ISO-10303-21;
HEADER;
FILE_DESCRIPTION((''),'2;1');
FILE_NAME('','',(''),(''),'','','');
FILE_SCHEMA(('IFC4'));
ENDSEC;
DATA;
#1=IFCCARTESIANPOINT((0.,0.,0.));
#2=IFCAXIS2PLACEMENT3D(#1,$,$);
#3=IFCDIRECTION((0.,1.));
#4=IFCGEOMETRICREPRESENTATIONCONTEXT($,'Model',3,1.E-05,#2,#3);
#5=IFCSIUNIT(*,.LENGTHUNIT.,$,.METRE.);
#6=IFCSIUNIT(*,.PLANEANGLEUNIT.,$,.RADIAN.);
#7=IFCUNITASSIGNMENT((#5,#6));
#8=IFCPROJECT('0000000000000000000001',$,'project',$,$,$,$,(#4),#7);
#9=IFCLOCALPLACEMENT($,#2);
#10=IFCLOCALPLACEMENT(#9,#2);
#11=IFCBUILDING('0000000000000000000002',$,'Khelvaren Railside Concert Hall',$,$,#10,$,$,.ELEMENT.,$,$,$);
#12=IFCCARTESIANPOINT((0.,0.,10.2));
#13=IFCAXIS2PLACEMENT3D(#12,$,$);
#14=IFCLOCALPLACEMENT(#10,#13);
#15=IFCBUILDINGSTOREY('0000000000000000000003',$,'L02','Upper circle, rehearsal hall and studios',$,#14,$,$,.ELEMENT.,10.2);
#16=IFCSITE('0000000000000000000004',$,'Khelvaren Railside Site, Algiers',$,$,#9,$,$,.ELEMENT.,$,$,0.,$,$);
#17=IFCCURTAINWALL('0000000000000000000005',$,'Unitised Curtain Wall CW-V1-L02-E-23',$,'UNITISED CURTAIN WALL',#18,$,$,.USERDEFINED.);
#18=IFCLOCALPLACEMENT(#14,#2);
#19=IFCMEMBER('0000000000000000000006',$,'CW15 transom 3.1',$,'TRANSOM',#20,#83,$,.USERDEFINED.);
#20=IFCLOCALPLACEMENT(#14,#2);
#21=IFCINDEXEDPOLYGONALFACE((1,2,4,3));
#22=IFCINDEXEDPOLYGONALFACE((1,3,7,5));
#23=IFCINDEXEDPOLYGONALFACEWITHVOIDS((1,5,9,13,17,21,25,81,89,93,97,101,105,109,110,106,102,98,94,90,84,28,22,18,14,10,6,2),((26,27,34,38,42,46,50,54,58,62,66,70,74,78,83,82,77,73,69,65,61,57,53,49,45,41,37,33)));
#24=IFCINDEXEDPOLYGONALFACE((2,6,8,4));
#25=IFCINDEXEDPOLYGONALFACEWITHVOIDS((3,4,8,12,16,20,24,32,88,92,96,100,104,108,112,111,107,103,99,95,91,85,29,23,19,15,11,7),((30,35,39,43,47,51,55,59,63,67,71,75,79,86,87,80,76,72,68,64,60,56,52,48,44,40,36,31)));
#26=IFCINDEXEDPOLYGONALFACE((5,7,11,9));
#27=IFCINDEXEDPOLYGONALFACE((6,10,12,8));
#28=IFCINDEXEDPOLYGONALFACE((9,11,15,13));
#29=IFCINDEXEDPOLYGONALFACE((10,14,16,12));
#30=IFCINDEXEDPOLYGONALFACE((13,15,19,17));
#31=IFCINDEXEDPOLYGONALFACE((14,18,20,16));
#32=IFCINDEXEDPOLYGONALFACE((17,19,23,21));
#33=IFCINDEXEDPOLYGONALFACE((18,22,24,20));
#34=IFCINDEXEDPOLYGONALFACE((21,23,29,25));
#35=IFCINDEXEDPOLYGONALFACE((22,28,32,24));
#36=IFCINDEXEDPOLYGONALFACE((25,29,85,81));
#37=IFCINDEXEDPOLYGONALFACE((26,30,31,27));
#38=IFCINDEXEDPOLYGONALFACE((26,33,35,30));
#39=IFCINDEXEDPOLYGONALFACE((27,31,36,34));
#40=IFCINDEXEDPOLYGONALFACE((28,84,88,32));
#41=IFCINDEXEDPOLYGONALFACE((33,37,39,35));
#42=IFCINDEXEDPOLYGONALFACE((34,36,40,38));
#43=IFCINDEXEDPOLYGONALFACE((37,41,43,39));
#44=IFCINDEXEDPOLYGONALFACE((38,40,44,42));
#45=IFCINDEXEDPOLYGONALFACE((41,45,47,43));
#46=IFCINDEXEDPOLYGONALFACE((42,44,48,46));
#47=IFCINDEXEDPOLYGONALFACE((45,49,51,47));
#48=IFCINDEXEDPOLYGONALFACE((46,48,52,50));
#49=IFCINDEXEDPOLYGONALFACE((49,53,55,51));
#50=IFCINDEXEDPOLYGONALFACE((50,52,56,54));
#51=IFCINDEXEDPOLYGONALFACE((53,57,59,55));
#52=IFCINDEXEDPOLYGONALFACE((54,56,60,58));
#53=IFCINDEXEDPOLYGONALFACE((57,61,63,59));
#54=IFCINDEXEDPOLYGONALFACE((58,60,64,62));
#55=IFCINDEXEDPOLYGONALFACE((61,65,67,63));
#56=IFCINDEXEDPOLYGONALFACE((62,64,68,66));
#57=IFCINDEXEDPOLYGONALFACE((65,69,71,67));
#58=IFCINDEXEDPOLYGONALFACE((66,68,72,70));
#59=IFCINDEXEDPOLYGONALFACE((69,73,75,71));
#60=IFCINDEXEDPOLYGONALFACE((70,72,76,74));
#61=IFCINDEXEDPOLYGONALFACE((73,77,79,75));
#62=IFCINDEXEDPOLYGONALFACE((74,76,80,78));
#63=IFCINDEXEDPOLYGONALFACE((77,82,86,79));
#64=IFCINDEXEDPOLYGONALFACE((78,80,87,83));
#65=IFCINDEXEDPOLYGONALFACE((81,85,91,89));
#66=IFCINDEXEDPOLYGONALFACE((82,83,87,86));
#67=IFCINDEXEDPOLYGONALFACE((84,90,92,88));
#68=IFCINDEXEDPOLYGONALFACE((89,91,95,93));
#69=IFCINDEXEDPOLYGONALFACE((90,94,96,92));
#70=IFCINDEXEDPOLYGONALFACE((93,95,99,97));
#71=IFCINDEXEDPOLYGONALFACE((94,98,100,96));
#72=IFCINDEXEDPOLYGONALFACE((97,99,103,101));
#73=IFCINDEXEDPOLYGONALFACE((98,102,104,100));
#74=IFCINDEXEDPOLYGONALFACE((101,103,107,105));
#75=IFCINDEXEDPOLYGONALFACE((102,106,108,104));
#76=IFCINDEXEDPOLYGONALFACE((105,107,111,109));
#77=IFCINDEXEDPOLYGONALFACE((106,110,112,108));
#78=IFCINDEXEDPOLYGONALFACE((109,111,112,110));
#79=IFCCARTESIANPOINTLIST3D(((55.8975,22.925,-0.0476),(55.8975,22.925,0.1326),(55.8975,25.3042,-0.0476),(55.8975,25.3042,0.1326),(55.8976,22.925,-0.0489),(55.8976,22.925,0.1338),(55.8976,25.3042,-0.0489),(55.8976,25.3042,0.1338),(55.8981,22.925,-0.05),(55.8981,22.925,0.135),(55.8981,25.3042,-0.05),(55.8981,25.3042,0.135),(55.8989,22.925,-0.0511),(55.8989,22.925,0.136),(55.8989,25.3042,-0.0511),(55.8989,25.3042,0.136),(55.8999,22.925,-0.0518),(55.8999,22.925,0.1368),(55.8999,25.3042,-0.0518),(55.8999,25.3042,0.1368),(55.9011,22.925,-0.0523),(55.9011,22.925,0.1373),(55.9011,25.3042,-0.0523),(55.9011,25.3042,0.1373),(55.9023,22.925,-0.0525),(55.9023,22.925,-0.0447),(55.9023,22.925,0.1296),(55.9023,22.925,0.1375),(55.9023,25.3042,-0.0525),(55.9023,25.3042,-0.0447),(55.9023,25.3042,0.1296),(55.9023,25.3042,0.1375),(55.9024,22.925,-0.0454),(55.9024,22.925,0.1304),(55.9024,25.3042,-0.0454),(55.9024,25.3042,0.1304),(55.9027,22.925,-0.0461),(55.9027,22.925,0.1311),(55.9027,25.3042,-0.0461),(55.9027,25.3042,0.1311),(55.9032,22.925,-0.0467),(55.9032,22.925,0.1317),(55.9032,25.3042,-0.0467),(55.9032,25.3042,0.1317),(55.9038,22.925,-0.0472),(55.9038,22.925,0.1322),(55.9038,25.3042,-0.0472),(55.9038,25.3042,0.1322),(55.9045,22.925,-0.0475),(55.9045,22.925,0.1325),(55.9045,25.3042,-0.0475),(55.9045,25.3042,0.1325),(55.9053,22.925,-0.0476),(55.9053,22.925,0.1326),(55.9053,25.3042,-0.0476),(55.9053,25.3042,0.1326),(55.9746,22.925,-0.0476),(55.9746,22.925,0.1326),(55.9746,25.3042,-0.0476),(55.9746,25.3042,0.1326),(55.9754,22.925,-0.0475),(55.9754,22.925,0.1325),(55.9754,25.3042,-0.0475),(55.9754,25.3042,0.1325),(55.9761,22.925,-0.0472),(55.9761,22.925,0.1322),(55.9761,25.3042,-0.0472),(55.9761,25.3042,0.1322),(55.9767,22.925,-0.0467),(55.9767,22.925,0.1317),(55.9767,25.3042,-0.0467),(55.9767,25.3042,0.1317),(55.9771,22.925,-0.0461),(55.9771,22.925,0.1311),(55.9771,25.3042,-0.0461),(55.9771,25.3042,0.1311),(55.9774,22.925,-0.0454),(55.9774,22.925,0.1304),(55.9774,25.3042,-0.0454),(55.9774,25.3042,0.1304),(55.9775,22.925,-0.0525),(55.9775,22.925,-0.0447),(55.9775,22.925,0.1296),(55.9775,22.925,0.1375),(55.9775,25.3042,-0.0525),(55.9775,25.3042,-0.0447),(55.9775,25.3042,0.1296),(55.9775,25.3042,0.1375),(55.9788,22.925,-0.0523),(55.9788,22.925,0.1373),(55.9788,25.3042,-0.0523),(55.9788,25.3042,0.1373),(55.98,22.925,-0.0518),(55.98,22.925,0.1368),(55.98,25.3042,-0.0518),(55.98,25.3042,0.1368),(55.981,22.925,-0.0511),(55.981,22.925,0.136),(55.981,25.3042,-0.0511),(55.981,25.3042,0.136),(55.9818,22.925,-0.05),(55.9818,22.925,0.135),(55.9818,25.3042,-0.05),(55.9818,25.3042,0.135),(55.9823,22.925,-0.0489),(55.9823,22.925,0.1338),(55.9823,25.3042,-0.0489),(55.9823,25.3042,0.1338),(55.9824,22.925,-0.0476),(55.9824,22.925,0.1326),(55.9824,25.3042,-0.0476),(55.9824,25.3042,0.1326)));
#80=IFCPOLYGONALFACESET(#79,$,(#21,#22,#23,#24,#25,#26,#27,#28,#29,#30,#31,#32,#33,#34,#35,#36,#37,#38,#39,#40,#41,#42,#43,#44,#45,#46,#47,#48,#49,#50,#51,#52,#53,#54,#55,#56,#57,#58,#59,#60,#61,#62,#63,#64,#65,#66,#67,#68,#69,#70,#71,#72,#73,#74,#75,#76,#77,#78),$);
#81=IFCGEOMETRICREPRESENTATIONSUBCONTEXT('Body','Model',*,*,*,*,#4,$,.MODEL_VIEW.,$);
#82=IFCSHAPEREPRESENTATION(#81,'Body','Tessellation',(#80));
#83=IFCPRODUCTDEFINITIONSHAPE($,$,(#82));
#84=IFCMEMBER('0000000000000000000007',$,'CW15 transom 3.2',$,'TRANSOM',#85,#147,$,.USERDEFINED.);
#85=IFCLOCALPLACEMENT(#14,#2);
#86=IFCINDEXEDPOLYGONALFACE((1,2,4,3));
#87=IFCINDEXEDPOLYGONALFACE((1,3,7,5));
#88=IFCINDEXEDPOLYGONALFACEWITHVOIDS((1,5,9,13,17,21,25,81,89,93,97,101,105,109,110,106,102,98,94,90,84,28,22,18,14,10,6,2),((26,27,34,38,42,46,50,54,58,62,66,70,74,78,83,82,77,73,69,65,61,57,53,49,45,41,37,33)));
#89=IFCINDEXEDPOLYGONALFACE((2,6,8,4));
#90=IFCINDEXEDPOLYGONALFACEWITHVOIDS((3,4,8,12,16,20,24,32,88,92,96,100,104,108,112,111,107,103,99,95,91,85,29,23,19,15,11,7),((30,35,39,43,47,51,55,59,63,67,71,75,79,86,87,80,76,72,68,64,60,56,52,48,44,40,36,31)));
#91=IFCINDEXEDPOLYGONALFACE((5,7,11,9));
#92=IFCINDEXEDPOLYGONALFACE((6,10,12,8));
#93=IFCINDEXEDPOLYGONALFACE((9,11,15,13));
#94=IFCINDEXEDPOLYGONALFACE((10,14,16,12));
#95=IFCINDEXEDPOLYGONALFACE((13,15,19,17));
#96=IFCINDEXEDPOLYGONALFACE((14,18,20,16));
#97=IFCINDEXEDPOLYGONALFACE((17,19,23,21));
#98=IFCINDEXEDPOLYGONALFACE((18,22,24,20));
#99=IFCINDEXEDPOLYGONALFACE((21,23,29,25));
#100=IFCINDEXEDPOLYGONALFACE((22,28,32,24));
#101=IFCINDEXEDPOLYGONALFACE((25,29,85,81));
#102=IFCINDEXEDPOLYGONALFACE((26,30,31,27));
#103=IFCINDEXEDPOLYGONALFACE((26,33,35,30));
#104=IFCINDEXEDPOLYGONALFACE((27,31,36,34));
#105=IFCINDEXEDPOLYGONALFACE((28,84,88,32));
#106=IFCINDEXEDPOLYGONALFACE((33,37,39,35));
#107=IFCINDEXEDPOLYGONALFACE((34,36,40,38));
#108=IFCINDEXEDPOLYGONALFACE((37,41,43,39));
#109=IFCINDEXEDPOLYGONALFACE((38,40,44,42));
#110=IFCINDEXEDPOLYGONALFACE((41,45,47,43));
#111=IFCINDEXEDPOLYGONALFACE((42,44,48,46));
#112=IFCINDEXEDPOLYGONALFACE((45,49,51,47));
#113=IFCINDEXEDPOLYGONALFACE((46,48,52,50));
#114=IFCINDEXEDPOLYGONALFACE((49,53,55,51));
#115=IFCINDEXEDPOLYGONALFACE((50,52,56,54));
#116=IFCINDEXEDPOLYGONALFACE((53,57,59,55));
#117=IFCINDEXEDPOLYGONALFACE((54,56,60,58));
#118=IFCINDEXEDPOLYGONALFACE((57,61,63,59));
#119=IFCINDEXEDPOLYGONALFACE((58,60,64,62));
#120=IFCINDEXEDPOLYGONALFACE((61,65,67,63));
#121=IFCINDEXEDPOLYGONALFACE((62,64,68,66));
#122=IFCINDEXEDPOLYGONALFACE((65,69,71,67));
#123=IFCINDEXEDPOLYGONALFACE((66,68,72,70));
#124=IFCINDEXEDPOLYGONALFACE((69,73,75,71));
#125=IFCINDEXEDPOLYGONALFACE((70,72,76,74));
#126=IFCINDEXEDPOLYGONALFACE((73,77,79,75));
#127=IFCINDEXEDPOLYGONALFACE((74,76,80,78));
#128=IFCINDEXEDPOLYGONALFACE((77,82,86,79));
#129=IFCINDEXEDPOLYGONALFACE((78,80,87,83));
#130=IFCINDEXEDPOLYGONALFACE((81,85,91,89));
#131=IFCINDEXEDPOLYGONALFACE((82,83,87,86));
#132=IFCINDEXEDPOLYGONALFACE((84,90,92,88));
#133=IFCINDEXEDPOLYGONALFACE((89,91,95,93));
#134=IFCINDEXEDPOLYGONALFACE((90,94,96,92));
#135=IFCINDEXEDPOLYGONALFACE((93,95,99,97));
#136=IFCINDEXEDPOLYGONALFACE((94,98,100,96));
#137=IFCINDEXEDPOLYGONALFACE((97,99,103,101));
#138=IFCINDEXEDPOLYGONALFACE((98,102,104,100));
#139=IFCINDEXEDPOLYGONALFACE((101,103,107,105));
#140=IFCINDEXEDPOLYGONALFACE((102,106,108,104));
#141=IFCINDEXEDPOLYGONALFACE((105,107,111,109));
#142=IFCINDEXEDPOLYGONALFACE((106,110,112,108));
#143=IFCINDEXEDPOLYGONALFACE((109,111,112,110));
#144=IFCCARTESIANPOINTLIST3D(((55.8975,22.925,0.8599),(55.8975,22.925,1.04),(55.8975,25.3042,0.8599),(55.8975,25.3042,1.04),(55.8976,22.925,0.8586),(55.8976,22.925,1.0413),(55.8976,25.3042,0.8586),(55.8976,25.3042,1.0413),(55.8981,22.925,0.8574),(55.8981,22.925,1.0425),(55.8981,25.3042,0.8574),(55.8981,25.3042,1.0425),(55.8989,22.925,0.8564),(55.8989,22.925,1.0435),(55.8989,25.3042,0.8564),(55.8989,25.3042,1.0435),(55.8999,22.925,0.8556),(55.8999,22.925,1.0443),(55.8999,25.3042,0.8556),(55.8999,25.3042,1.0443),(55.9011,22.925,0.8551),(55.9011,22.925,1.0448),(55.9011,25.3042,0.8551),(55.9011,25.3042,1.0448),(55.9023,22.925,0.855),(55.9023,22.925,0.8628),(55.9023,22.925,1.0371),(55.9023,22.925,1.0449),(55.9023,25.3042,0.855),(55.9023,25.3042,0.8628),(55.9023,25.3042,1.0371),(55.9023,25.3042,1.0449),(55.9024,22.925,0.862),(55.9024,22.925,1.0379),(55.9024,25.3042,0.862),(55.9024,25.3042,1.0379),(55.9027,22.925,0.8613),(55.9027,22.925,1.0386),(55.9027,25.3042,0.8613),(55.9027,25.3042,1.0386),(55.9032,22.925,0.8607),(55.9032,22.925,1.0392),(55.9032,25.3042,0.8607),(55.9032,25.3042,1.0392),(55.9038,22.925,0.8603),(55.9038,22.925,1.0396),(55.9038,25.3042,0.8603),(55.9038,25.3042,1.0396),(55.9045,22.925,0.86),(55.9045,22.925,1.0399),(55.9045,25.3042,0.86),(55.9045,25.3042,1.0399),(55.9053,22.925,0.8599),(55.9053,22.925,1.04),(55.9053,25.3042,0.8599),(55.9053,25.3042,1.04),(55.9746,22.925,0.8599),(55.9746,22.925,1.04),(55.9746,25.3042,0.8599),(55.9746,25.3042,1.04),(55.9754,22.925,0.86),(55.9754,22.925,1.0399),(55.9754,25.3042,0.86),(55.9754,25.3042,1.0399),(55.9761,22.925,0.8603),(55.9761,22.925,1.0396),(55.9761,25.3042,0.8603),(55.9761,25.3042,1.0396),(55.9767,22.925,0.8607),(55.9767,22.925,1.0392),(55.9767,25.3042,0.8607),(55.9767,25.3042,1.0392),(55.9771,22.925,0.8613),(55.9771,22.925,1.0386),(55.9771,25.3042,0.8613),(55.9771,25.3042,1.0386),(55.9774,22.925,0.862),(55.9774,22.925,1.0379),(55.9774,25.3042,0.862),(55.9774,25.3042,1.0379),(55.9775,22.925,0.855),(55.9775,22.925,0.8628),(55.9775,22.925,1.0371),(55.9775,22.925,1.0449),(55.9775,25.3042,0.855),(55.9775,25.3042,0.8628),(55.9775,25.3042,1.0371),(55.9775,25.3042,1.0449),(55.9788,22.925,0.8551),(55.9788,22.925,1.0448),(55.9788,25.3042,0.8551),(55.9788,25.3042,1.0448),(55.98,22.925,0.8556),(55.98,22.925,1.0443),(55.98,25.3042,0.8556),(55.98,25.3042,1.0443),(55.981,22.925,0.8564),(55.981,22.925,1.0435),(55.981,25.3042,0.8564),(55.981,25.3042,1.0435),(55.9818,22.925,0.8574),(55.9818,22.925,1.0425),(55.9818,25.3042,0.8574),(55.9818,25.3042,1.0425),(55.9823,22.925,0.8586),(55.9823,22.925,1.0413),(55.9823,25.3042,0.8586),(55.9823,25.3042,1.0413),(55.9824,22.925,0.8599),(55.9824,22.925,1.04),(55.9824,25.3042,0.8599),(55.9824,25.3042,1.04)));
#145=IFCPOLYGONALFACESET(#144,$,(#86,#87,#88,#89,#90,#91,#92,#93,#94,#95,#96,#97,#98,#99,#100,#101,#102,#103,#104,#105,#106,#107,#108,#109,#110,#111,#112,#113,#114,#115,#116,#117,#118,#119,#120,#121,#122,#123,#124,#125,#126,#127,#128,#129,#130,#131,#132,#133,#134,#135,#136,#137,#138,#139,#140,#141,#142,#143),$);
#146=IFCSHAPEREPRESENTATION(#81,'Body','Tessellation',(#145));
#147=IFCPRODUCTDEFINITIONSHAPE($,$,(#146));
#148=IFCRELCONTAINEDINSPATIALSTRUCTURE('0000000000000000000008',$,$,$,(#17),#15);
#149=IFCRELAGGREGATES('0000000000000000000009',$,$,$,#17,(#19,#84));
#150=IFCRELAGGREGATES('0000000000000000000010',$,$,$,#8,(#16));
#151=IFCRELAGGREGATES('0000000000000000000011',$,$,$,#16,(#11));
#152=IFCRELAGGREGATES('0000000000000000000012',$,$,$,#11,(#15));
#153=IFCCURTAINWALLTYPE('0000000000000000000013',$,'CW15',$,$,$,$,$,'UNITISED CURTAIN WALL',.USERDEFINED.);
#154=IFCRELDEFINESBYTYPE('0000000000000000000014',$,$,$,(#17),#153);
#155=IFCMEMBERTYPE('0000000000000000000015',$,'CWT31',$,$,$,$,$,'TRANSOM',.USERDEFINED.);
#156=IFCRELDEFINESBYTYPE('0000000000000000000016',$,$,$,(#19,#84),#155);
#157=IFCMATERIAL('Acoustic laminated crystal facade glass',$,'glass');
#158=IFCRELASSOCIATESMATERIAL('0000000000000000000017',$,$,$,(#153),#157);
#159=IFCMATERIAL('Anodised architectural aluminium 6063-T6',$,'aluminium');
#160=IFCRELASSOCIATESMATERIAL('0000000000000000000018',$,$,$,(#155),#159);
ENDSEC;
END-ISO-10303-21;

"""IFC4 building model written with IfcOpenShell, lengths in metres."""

from ifc_helpers import new_model, si_unit, direction, frame, origin, origin_2d, place, context, subcontext, project, spatial, hollow_rectangle, extrude, material, material_profile, profile_set, type_object, element, aggregate, save


model = new_model("IFC4")

# Units and contexts
model_context = context("Model", 3, precision=1e-05, world=origin(), true_north=direction((0.0, 1.0)))
body_context = subcontext(model_context, "Body", "Model", "MODEL_VIEW")
ifc_project = project(units=[si_unit("LENGTHUNIT", "METRE"), si_unit("PLANEANGLEUNIT", "RADIAN")], contexts=[model_context])

# Site, building, storey
site_placement = place(None, origin())
site = spatial("IfcSite", under=ifc_project, at=site_placement, Name="Khelvaren Railside Site, Algiers", CompositionType="ELEMENT", RefElevation=0.0)
building_placement = place(site_placement, origin())
building = spatial("IfcBuilding", under=site, at=building_placement, Name="Khelvaren Railside Concert Hall", CompositionType="ELEMENT")
storey_placement = place(building_placement, frame((0.0, 0.0, 10.2)))
storey = spatial("IfcBuildingStorey", under=building, at=storey_placement, Name="L02", Description="Upper circle, rehearsal hall and studios", CompositionType="ELEMENT", Elevation=10.2)

# Shared definitions
ifc_material_1 = material(Name="Acoustic laminated crystal facade glass", Category="glass")
ifc_material_2 = material(Name="Anodised architectural aluminium 6063-T6", Category="aluminium")

# Curtain wall
curtain_wall_type_1 = type_object("IfcCurtainWallType", Name="CW15", ElementType="UNITISED CURTAIN WALL", PredefinedType="USERDEFINED", material=ifc_material_1)
curtain_wall_1_placement = place(storey_placement, origin())
curtain_wall_1 = element("IfcCurtainWall", 1, at=curtain_wall_1_placement, inside=storey, type_object=curtain_wall_type_1, Name="Unitised Curtain Wall CW-V1-L02-E-23", ObjectType="UNITISED CURTAIN WALL", PredefinedType="USERDEFINED")

# Members
ifc_material_profile_1 = material_profile(ifc_material_2, hollow_rectangle(XDim=0.085, YDim=0.1899, WallThickness=0.0049, InnerFilletRadius=0.0029, OuterFilletRadius=0.0049, at=origin_2d()), Name="CWT 85x190x5")
ifc_profile_set_1 = profile_set([ifc_material_profile_1], Name="Anodised architectural aluminium 6063-T6")
member_type_1 = type_object("IfcMemberType", Name="CWT31", ElementType="TRANSOM", PredefinedType="USERDEFINED", material=ifc_profile_set_1)
member_1_placement = place(storey_placement, frame((55.9399, 25.3042, 0.0425), z_axis=(0.0, -1.0, 0.0), x_axis=(1.0, 0.0, 0.0)))
member_1 = element("IfcMember", 2, at=member_1_placement, type_object=member_type_1, Name="CW15 transom 3.1", ObjectType="TRANSOM", PredefinedType="USERDEFINED", context=body_context, shape_type="SweptSolid", body=[
    extrude(hollow_rectangle(XDim=0.085, YDim=0.1899, WallThickness=0.0049, InnerFilletRadius=0.0029, OuterFilletRadius=0.0049, at=origin_2d()), origin(), (0.0, 0.0, 1.0), 2.3792),
])
member_2_placement = place(storey_placement, frame((55.9399, 25.3042, 0.95), z_axis=(0.0, -1.0, 0.0), x_axis=(1.0, 0.0, 0.0)))
member_2 = element("IfcMember", 3, at=member_2_placement, type_object=member_type_1, Name="CW15 transom 3.2", ObjectType="TRANSOM", PredefinedType="USERDEFINED", context=body_context, shape_type="SweptSolid", body=[
    extrude(hollow_rectangle(XDim=0.085, YDim=0.1899, WallThickness=0.0049, InnerFilletRadius=0.0029, OuterFilletRadius=0.0049, at=origin_2d()), origin(), (0.0, 0.0, 1.0), 2.3792),
])

aggregate(curtain_wall_1, [member_1, member_2])

save(model, "model.ifc")
